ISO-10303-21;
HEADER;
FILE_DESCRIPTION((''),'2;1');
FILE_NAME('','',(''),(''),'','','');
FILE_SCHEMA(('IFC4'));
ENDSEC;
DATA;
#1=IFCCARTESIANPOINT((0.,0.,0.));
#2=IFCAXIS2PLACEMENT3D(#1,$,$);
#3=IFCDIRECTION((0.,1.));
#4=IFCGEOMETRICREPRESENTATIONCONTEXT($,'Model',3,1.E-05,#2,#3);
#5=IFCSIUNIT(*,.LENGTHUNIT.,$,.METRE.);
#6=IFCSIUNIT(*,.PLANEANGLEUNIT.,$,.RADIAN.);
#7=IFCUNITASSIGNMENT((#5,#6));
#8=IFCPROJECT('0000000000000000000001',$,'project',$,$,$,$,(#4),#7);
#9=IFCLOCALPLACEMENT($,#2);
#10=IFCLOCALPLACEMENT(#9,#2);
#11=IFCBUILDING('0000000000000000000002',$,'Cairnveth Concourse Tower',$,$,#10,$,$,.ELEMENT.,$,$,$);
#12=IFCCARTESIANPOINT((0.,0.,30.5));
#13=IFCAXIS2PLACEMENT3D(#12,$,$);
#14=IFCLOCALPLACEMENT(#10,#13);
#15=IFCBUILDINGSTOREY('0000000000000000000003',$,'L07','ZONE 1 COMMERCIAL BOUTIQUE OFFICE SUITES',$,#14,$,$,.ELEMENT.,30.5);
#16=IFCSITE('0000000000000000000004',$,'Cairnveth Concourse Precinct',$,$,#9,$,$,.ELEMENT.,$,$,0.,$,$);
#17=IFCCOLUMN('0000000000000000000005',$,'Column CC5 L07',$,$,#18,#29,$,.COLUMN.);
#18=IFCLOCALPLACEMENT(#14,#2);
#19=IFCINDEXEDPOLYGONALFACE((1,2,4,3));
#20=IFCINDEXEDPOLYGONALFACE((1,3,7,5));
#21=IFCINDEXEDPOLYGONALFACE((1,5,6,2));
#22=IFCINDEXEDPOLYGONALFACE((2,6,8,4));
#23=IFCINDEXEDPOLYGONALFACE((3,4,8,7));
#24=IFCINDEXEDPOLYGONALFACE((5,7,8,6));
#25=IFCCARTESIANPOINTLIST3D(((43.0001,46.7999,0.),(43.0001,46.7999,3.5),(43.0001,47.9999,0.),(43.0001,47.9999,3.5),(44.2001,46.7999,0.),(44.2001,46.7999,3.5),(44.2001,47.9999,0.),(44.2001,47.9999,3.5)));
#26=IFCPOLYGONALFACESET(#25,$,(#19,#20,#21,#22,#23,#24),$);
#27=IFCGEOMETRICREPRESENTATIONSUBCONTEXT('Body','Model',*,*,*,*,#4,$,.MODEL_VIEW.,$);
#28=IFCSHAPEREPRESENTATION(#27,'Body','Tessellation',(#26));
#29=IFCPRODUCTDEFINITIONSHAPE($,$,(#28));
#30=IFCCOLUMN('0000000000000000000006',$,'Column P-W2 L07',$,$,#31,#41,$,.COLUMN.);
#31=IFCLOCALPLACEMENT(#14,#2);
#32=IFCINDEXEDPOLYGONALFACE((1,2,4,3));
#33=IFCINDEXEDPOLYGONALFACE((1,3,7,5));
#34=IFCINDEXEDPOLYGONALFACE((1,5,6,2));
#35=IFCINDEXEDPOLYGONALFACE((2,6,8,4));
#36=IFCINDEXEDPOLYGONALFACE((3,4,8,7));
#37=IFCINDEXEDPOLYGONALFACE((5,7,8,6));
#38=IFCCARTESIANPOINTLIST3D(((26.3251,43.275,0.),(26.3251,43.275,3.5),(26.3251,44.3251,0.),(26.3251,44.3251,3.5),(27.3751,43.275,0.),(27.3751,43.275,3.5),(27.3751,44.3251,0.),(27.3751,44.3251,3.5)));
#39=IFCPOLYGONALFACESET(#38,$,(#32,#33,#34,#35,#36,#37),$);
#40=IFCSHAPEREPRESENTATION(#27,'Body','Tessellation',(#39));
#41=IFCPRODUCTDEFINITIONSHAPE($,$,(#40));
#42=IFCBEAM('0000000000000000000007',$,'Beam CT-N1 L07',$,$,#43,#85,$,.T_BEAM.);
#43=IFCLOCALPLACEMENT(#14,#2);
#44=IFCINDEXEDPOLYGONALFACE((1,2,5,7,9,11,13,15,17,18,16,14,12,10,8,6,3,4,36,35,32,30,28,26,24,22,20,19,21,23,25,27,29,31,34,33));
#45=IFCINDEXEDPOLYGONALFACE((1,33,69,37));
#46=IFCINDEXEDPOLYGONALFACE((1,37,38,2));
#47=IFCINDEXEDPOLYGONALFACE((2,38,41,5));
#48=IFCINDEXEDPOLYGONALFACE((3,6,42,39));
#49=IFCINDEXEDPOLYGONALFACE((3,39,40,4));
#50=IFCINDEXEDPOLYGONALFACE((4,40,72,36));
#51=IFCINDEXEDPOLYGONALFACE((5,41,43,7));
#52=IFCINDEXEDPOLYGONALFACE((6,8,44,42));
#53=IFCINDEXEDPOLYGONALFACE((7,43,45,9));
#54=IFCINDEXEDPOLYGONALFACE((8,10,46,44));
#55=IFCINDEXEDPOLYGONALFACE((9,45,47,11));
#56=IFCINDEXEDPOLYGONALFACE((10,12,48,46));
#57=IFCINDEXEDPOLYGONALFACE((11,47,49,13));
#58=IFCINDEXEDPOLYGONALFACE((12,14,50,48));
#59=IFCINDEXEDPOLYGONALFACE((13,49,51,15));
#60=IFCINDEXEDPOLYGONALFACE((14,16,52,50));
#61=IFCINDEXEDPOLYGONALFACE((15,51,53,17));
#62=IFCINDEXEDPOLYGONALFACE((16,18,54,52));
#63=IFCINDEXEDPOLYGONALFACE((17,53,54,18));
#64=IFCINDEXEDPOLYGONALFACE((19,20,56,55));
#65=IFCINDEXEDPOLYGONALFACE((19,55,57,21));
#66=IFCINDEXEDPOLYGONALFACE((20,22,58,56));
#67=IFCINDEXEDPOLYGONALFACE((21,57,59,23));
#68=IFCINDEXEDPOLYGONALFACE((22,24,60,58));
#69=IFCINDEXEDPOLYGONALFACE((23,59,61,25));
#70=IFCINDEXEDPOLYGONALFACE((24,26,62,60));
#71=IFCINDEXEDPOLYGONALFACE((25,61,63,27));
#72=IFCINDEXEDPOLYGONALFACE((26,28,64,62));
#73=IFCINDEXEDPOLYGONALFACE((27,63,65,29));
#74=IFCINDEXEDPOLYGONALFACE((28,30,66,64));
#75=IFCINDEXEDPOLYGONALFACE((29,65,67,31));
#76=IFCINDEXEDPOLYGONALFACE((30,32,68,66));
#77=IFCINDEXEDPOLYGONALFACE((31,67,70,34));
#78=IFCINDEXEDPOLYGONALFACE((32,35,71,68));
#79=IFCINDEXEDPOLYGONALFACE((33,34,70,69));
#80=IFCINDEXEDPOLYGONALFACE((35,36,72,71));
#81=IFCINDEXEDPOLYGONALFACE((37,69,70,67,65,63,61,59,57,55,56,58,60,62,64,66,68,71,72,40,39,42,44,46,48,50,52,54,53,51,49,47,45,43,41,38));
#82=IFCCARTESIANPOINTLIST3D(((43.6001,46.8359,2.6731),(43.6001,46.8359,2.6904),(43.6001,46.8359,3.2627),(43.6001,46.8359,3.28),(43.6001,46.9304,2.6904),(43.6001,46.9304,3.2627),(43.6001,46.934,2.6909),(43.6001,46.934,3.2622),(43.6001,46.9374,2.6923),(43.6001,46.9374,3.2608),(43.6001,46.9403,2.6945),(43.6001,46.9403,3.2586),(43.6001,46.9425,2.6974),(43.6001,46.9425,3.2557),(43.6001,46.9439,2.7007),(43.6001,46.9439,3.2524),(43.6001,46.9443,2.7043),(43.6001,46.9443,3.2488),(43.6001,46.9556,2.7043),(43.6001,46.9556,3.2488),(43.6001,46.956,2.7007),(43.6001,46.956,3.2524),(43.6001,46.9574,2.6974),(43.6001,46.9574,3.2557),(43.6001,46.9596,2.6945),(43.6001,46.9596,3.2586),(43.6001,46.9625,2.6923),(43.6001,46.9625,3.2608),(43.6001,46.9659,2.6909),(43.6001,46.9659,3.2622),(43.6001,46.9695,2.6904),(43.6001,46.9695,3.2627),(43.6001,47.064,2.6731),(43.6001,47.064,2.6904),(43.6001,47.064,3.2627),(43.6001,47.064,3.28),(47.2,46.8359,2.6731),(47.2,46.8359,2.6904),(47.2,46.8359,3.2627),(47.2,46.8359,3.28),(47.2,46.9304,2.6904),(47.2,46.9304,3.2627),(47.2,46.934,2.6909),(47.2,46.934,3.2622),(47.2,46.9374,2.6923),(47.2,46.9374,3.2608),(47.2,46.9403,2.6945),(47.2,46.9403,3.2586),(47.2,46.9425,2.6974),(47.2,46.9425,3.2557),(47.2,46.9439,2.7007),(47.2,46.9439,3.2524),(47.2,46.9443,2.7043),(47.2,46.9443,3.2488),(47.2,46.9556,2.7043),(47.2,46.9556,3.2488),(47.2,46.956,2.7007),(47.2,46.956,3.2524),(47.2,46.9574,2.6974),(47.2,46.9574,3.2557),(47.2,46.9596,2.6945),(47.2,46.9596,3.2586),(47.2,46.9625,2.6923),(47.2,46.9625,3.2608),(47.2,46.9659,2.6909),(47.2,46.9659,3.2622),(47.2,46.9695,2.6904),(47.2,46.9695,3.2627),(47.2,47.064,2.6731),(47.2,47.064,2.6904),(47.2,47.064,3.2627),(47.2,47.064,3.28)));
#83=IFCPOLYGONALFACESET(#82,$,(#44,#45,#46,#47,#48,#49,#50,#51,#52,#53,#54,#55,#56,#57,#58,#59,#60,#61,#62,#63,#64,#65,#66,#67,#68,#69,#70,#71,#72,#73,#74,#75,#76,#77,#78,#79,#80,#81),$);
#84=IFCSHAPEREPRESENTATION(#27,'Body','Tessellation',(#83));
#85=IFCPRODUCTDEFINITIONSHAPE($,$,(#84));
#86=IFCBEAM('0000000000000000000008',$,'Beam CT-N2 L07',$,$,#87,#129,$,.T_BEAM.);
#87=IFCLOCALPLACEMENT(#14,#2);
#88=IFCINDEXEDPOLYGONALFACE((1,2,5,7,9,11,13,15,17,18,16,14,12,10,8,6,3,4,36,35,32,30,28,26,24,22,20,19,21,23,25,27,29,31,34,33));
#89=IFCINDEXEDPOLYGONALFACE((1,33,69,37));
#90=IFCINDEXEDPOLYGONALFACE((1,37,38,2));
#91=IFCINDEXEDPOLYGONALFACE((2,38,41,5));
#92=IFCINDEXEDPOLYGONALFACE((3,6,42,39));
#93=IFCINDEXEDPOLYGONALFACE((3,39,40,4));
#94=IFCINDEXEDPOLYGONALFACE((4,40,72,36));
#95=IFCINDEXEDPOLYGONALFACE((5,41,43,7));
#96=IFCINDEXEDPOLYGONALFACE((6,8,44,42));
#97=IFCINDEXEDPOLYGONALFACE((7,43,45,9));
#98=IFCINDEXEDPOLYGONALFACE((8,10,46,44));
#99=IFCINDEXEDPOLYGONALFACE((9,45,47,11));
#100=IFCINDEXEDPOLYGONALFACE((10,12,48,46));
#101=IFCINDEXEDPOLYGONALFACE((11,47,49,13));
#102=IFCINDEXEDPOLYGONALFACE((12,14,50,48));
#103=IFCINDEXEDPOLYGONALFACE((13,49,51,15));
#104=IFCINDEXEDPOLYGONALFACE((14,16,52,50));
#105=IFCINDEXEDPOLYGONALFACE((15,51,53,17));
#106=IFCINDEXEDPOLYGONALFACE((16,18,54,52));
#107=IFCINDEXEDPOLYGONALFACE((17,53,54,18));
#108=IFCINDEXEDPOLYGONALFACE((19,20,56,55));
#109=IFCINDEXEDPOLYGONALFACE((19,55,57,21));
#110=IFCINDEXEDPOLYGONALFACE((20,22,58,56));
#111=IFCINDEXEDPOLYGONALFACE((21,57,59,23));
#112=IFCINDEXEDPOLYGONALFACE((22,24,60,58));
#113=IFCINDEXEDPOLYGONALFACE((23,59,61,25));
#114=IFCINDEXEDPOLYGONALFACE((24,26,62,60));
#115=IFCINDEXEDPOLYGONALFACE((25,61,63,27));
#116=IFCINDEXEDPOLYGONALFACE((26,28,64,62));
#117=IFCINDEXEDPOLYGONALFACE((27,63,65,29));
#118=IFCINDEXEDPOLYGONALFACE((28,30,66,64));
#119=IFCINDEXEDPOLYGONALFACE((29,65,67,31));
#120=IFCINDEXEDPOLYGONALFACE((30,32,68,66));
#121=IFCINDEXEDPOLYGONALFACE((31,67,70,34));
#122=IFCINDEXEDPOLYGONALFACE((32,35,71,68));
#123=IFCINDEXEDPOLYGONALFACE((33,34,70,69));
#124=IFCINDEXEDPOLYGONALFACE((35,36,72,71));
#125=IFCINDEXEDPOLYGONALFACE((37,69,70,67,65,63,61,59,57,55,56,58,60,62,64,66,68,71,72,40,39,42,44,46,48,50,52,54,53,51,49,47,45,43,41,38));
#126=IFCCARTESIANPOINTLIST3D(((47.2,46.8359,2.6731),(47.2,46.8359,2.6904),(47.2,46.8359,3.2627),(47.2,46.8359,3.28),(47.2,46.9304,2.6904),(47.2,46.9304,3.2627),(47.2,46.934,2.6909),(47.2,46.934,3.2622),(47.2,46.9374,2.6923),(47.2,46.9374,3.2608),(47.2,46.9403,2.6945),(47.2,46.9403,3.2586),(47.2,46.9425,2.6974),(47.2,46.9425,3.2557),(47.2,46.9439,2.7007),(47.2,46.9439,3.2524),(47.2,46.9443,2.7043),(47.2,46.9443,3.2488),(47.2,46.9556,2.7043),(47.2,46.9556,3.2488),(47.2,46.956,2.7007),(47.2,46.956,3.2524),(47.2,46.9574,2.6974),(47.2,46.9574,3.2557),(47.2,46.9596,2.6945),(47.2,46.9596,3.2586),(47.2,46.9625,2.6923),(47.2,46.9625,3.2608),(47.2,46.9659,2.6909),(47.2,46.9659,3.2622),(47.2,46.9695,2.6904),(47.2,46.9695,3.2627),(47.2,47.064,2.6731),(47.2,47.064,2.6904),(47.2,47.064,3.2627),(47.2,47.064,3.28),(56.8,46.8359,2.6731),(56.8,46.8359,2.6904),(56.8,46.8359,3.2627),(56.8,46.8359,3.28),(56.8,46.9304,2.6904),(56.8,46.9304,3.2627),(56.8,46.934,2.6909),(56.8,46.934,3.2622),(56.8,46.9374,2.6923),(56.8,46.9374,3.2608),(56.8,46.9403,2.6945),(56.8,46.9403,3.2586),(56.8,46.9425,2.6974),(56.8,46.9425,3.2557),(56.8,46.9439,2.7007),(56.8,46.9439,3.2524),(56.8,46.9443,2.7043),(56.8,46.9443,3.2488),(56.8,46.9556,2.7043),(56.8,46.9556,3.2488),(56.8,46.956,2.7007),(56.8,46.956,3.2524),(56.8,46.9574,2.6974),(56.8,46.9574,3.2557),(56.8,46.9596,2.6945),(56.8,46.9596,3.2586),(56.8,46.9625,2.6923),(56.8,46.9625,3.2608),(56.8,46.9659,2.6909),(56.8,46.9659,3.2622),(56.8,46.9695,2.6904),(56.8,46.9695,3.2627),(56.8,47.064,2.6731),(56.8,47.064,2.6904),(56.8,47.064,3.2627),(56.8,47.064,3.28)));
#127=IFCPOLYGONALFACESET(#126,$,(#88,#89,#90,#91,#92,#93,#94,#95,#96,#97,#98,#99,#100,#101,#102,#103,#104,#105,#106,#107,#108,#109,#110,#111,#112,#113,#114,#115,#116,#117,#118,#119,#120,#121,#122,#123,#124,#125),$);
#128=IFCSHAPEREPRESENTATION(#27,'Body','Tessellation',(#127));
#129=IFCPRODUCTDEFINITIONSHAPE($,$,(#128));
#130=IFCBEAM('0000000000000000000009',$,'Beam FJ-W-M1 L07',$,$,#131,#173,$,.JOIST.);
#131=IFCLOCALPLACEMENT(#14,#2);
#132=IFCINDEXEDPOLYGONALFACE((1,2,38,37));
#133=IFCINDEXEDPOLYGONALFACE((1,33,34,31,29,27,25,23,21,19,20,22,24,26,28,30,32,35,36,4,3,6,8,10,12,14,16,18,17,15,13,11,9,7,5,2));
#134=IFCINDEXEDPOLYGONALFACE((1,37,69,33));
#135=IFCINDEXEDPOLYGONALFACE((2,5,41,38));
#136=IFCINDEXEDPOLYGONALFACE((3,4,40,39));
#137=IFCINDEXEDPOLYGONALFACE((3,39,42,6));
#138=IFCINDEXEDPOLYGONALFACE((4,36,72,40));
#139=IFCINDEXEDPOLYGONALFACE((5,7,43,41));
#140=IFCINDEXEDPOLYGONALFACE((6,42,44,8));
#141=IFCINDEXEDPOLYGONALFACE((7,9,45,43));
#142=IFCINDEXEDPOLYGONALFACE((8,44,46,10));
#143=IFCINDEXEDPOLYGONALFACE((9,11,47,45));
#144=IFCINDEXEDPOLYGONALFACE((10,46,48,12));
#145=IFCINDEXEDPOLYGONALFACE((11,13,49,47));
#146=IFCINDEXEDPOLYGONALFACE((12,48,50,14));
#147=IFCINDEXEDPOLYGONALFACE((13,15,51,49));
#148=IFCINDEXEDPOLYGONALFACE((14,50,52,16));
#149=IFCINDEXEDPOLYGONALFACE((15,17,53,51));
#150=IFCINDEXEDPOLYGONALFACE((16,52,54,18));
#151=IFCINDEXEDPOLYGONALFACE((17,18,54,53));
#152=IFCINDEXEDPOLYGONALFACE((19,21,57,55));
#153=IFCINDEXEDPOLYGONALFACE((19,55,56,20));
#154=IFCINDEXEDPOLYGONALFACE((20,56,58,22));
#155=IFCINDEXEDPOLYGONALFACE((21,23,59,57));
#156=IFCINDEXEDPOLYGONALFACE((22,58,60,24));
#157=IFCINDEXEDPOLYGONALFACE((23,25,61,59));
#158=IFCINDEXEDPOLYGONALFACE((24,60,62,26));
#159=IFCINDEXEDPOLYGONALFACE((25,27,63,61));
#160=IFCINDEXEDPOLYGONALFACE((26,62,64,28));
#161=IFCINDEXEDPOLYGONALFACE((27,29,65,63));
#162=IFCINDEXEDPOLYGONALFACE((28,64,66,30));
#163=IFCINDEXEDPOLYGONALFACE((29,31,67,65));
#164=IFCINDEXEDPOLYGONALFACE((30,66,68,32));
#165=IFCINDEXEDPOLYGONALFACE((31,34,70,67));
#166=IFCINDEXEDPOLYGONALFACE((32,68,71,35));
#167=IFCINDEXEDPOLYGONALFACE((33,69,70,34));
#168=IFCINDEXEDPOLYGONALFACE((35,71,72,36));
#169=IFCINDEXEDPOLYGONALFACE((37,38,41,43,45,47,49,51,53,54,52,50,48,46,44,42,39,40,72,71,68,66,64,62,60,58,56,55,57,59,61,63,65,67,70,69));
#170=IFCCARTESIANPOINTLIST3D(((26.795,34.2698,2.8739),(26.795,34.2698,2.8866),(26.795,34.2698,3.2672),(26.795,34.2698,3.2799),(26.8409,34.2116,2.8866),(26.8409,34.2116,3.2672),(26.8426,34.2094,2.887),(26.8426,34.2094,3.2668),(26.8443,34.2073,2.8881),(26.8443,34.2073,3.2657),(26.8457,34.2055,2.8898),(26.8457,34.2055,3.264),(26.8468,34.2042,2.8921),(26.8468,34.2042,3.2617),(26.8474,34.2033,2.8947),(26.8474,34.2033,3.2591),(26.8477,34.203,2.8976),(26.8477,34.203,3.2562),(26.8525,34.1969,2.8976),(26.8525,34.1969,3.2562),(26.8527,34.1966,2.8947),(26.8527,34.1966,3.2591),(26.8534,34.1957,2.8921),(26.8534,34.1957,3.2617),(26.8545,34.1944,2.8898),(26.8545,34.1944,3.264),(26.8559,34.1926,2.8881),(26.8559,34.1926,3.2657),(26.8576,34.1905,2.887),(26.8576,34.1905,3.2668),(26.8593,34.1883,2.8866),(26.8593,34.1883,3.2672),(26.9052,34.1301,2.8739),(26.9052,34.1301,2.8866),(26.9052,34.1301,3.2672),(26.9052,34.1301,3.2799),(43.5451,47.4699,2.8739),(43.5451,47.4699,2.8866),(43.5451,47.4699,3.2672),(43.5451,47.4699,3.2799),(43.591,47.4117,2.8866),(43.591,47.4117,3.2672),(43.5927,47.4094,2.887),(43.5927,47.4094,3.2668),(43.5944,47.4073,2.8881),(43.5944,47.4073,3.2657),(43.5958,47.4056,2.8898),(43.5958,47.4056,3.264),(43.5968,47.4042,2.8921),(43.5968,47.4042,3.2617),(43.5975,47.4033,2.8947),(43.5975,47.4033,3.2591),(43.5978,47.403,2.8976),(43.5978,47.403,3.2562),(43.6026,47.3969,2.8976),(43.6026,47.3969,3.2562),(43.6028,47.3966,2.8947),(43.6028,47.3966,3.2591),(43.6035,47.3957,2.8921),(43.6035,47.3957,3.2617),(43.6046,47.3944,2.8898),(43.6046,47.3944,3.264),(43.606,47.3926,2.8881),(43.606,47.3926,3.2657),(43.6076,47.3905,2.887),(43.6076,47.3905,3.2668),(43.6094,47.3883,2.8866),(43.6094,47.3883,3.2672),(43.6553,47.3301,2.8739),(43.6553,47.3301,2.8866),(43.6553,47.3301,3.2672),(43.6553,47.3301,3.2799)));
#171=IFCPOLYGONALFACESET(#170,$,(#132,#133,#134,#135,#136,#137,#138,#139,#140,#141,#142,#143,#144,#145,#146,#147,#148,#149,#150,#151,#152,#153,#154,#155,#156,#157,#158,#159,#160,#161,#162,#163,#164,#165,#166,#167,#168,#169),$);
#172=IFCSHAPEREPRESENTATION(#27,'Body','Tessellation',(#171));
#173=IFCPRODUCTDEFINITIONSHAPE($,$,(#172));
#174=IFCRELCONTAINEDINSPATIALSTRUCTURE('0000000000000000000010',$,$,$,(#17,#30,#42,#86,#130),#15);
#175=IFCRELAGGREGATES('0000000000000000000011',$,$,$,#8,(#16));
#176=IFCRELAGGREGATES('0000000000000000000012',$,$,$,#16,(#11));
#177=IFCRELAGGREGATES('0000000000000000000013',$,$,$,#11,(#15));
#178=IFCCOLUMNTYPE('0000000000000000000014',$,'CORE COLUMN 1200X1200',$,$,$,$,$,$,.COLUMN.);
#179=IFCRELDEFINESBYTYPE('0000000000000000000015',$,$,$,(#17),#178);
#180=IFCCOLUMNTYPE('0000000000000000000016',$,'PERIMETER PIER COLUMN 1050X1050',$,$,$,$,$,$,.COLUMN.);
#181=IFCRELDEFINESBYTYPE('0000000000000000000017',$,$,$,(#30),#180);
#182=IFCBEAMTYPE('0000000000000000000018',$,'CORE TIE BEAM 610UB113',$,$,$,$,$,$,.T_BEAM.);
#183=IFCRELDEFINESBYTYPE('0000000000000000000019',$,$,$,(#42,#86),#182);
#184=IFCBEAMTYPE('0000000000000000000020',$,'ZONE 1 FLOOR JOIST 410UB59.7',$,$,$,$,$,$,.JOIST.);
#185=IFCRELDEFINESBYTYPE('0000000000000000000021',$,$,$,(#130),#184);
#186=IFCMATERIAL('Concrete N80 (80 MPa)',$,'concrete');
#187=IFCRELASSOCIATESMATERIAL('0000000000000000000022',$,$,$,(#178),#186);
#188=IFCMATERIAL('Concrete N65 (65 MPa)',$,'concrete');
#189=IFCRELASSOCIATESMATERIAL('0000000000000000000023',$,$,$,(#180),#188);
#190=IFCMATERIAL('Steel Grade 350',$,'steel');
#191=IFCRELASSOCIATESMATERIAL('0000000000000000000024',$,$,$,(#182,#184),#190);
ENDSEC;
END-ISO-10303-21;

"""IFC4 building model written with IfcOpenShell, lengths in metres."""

from ifc_helpers import new_model, si_unit, direction, frame, origin, origin_2d, place, context, subcontext, project, spatial, rectangle, i_section, extrude, material, material_profile, profile_set, type_object, element, save


model = new_model("IFC4")

# Units and contexts
model_context = context("Model", 3, precision=1e-05, world=origin(), true_north=direction((0.0, 1.0)))
body_context = subcontext(model_context, "Body", "Model", "MODEL_VIEW")
ifc_project = project(units=[si_unit("LENGTHUNIT", "METRE"), si_unit("PLANEANGLEUNIT", "RADIAN")], contexts=[model_context])

# Site, building, storey
site_placement = place(None, origin())
site = spatial("IfcSite", under=ifc_project, at=site_placement, Name="Cairnveth Concourse Precinct", CompositionType="ELEMENT", RefElevation=0.0)
building_placement = place(site_placement, origin())
building = spatial("IfcBuilding", under=site, at=building_placement, Name="Cairnveth Concourse Tower", CompositionType="ELEMENT")
storey_placement = place(building_placement, frame((0.0, 0.0, 30.5)))
storey = spatial("IfcBuildingStorey", under=building, at=storey_placement, Name="L07", Description="ZONE 1 COMMERCIAL BOUTIQUE OFFICE SUITES", CompositionType="ELEMENT", Elevation=30.5)

# Columns
ifc_material_1 = material(Name="Concrete N80 (80 MPa)", Category="concrete")
ifc_material_profile_1 = material_profile(ifc_material_1, rectangle(XDim=1.2, YDim=1.2, at=origin_2d()), Name="RC-COL-1200x1200")
ifc_profile_set_1 = profile_set([ifc_material_profile_1], Name="Concrete N80 (80 MPa)")
column_type_1 = type_object("IfcColumnType", Name="CORE COLUMN 1200X1200", PredefinedType="COLUMN", material=ifc_profile_set_1)
column_1_placement = place(storey_placement, frame((43.6001, 47.3999, 0.0), z_axis=(0.0, 0.0, 1.0), x_axis=(1.0, 0.0, 0.0)))
element("IfcColumn", 1, at=column_1_placement, inside=storey, type_object=column_type_1, Name="Column CC5 L07", PredefinedType="COLUMN", context=body_context, shape_type="SweptSolid", body=[
    extrude(rectangle(XDim=1.2, YDim=1.2, at=origin_2d()), origin(), (0.0, 0.0, 1.0), 3.5),
])
ifc_material_2 = material(Name="Concrete N65 (65 MPa)", Category="concrete")
ifc_material_profile_2 = material_profile(ifc_material_2, rectangle(XDim=1.05, YDim=1.05, at=origin_2d()), Name="RC-COL-1050x1050")
ifc_profile_set_2 = profile_set([ifc_material_profile_2], Name="Concrete N65 (65 MPa)")
column_type_2 = type_object("IfcColumnType", Name="PERIMETER PIER COLUMN 1050X1050", PredefinedType="COLUMN", material=ifc_profile_set_2)
column_2_placement = place(storey_placement, frame((26.8501, 43.8, 0.0), z_axis=(0.0, 0.0, 1.0), x_axis=(0.0, 1.0, 0.0)))
element("IfcColumn", 2, at=column_2_placement, inside=storey, type_object=column_type_2, Name="Column P-W2 L07", PredefinedType="COLUMN", context=body_context, shape_type="SweptSolid", body=[
    extrude(rectangle(XDim=1.05, YDim=1.05, at=origin_2d()), origin(), (0.0, 0.0, 1.0), 3.5),
])

# Beams
ifc_material_3 = material(Name="Steel Grade 350", Category="steel")
ifc_material_profile_3 = material_profile(ifc_material_3, i_section(OverallWidth=0.228, OverallDepth=0.6069, WebThickness=0.0112, FlangeThickness=0.0173, FilletRadius=0.0139, at=origin_2d()), Name="610UB113")
ifc_profile_set_3 = profile_set([ifc_material_profile_3], Name="Steel Grade 350")
beam_type_1 = type_object("IfcBeamType", Name="CORE TIE BEAM 610UB113", PredefinedType="T_BEAM", material=ifc_profile_set_3)
beam_1_placement = place(storey_placement, frame((43.6001, 46.95, 2.9766), z_axis=(1.0, 0.0, 0.0), x_axis=(0.0, 1.0, 0.0)))
element("IfcBeam", 3, at=beam_1_placement, inside=storey, type_object=beam_type_1, Name="Beam CT-N1 L07", PredefinedType="T_BEAM", context=body_context, shape_type="SweptSolid", body=[
    extrude(i_section(OverallWidth=0.228, OverallDepth=0.6069, WebThickness=0.0112, FlangeThickness=0.0173, FilletRadius=0.0139, at=origin_2d()), origin(), (0.0, 0.0, 1.0), 3.5999),
])
beam_2_placement = place(storey_placement, frame((47.2, 46.95, 2.9766), z_axis=(1.0, 0.0, 0.0), x_axis=(0.0, 1.0, 0.0)))
element("IfcBeam", 4, at=beam_2_placement, inside=storey, type_object=beam_type_1, Name="Beam CT-N2 L07", PredefinedType="T_BEAM", context=body_context, shape_type="SweptSolid", body=[
    extrude(i_section(OverallWidth=0.228, OverallDepth=0.6069, WebThickness=0.0112, FlangeThickness=0.0173, FilletRadius=0.0139, at=origin_2d()), origin(), (0.0, 0.0, 1.0), 9.6001),
])
ifc_material_profile_4 = material_profile(ifc_material_3, i_section(OverallWidth=0.178, OverallDepth=0.406, WebThickness=0.0078, FlangeThickness=0.0127, FilletRadius=0.011, at=origin_2d()), Name="410UB59.7")
ifc_profile_set_4 = profile_set([ifc_material_profile_4], Name="Steel Grade 350")
beam_type_2 = type_object("IfcBeamType", Name="ZONE 1 FLOOR JOIST 410UB59.7", PredefinedType="JOIST", material=ifc_profile_set_4)
beam_3_placement = place(storey_placement, frame((26.8501, 34.2, 3.0769), z_axis=(0.785424, 0.618958, 0.0), x_axis=(-0.618958, 0.785424, 0.0)))
element("IfcBeam", 5, at=beam_3_placement, inside=storey, type_object=beam_type_2, Name="Beam FJ-W-M1 L07", PredefinedType="JOIST", context=body_context, shape_type="SweptSolid", body=[
    extrude(i_section(OverallWidth=0.178, OverallDepth=0.406, WebThickness=0.0078, FlangeThickness=0.0127, FilletRadius=0.011, at=origin_2d()), origin(), (0.0, 0.0, 1.0), 21.3262),
])

save(model, "model.ifc")
